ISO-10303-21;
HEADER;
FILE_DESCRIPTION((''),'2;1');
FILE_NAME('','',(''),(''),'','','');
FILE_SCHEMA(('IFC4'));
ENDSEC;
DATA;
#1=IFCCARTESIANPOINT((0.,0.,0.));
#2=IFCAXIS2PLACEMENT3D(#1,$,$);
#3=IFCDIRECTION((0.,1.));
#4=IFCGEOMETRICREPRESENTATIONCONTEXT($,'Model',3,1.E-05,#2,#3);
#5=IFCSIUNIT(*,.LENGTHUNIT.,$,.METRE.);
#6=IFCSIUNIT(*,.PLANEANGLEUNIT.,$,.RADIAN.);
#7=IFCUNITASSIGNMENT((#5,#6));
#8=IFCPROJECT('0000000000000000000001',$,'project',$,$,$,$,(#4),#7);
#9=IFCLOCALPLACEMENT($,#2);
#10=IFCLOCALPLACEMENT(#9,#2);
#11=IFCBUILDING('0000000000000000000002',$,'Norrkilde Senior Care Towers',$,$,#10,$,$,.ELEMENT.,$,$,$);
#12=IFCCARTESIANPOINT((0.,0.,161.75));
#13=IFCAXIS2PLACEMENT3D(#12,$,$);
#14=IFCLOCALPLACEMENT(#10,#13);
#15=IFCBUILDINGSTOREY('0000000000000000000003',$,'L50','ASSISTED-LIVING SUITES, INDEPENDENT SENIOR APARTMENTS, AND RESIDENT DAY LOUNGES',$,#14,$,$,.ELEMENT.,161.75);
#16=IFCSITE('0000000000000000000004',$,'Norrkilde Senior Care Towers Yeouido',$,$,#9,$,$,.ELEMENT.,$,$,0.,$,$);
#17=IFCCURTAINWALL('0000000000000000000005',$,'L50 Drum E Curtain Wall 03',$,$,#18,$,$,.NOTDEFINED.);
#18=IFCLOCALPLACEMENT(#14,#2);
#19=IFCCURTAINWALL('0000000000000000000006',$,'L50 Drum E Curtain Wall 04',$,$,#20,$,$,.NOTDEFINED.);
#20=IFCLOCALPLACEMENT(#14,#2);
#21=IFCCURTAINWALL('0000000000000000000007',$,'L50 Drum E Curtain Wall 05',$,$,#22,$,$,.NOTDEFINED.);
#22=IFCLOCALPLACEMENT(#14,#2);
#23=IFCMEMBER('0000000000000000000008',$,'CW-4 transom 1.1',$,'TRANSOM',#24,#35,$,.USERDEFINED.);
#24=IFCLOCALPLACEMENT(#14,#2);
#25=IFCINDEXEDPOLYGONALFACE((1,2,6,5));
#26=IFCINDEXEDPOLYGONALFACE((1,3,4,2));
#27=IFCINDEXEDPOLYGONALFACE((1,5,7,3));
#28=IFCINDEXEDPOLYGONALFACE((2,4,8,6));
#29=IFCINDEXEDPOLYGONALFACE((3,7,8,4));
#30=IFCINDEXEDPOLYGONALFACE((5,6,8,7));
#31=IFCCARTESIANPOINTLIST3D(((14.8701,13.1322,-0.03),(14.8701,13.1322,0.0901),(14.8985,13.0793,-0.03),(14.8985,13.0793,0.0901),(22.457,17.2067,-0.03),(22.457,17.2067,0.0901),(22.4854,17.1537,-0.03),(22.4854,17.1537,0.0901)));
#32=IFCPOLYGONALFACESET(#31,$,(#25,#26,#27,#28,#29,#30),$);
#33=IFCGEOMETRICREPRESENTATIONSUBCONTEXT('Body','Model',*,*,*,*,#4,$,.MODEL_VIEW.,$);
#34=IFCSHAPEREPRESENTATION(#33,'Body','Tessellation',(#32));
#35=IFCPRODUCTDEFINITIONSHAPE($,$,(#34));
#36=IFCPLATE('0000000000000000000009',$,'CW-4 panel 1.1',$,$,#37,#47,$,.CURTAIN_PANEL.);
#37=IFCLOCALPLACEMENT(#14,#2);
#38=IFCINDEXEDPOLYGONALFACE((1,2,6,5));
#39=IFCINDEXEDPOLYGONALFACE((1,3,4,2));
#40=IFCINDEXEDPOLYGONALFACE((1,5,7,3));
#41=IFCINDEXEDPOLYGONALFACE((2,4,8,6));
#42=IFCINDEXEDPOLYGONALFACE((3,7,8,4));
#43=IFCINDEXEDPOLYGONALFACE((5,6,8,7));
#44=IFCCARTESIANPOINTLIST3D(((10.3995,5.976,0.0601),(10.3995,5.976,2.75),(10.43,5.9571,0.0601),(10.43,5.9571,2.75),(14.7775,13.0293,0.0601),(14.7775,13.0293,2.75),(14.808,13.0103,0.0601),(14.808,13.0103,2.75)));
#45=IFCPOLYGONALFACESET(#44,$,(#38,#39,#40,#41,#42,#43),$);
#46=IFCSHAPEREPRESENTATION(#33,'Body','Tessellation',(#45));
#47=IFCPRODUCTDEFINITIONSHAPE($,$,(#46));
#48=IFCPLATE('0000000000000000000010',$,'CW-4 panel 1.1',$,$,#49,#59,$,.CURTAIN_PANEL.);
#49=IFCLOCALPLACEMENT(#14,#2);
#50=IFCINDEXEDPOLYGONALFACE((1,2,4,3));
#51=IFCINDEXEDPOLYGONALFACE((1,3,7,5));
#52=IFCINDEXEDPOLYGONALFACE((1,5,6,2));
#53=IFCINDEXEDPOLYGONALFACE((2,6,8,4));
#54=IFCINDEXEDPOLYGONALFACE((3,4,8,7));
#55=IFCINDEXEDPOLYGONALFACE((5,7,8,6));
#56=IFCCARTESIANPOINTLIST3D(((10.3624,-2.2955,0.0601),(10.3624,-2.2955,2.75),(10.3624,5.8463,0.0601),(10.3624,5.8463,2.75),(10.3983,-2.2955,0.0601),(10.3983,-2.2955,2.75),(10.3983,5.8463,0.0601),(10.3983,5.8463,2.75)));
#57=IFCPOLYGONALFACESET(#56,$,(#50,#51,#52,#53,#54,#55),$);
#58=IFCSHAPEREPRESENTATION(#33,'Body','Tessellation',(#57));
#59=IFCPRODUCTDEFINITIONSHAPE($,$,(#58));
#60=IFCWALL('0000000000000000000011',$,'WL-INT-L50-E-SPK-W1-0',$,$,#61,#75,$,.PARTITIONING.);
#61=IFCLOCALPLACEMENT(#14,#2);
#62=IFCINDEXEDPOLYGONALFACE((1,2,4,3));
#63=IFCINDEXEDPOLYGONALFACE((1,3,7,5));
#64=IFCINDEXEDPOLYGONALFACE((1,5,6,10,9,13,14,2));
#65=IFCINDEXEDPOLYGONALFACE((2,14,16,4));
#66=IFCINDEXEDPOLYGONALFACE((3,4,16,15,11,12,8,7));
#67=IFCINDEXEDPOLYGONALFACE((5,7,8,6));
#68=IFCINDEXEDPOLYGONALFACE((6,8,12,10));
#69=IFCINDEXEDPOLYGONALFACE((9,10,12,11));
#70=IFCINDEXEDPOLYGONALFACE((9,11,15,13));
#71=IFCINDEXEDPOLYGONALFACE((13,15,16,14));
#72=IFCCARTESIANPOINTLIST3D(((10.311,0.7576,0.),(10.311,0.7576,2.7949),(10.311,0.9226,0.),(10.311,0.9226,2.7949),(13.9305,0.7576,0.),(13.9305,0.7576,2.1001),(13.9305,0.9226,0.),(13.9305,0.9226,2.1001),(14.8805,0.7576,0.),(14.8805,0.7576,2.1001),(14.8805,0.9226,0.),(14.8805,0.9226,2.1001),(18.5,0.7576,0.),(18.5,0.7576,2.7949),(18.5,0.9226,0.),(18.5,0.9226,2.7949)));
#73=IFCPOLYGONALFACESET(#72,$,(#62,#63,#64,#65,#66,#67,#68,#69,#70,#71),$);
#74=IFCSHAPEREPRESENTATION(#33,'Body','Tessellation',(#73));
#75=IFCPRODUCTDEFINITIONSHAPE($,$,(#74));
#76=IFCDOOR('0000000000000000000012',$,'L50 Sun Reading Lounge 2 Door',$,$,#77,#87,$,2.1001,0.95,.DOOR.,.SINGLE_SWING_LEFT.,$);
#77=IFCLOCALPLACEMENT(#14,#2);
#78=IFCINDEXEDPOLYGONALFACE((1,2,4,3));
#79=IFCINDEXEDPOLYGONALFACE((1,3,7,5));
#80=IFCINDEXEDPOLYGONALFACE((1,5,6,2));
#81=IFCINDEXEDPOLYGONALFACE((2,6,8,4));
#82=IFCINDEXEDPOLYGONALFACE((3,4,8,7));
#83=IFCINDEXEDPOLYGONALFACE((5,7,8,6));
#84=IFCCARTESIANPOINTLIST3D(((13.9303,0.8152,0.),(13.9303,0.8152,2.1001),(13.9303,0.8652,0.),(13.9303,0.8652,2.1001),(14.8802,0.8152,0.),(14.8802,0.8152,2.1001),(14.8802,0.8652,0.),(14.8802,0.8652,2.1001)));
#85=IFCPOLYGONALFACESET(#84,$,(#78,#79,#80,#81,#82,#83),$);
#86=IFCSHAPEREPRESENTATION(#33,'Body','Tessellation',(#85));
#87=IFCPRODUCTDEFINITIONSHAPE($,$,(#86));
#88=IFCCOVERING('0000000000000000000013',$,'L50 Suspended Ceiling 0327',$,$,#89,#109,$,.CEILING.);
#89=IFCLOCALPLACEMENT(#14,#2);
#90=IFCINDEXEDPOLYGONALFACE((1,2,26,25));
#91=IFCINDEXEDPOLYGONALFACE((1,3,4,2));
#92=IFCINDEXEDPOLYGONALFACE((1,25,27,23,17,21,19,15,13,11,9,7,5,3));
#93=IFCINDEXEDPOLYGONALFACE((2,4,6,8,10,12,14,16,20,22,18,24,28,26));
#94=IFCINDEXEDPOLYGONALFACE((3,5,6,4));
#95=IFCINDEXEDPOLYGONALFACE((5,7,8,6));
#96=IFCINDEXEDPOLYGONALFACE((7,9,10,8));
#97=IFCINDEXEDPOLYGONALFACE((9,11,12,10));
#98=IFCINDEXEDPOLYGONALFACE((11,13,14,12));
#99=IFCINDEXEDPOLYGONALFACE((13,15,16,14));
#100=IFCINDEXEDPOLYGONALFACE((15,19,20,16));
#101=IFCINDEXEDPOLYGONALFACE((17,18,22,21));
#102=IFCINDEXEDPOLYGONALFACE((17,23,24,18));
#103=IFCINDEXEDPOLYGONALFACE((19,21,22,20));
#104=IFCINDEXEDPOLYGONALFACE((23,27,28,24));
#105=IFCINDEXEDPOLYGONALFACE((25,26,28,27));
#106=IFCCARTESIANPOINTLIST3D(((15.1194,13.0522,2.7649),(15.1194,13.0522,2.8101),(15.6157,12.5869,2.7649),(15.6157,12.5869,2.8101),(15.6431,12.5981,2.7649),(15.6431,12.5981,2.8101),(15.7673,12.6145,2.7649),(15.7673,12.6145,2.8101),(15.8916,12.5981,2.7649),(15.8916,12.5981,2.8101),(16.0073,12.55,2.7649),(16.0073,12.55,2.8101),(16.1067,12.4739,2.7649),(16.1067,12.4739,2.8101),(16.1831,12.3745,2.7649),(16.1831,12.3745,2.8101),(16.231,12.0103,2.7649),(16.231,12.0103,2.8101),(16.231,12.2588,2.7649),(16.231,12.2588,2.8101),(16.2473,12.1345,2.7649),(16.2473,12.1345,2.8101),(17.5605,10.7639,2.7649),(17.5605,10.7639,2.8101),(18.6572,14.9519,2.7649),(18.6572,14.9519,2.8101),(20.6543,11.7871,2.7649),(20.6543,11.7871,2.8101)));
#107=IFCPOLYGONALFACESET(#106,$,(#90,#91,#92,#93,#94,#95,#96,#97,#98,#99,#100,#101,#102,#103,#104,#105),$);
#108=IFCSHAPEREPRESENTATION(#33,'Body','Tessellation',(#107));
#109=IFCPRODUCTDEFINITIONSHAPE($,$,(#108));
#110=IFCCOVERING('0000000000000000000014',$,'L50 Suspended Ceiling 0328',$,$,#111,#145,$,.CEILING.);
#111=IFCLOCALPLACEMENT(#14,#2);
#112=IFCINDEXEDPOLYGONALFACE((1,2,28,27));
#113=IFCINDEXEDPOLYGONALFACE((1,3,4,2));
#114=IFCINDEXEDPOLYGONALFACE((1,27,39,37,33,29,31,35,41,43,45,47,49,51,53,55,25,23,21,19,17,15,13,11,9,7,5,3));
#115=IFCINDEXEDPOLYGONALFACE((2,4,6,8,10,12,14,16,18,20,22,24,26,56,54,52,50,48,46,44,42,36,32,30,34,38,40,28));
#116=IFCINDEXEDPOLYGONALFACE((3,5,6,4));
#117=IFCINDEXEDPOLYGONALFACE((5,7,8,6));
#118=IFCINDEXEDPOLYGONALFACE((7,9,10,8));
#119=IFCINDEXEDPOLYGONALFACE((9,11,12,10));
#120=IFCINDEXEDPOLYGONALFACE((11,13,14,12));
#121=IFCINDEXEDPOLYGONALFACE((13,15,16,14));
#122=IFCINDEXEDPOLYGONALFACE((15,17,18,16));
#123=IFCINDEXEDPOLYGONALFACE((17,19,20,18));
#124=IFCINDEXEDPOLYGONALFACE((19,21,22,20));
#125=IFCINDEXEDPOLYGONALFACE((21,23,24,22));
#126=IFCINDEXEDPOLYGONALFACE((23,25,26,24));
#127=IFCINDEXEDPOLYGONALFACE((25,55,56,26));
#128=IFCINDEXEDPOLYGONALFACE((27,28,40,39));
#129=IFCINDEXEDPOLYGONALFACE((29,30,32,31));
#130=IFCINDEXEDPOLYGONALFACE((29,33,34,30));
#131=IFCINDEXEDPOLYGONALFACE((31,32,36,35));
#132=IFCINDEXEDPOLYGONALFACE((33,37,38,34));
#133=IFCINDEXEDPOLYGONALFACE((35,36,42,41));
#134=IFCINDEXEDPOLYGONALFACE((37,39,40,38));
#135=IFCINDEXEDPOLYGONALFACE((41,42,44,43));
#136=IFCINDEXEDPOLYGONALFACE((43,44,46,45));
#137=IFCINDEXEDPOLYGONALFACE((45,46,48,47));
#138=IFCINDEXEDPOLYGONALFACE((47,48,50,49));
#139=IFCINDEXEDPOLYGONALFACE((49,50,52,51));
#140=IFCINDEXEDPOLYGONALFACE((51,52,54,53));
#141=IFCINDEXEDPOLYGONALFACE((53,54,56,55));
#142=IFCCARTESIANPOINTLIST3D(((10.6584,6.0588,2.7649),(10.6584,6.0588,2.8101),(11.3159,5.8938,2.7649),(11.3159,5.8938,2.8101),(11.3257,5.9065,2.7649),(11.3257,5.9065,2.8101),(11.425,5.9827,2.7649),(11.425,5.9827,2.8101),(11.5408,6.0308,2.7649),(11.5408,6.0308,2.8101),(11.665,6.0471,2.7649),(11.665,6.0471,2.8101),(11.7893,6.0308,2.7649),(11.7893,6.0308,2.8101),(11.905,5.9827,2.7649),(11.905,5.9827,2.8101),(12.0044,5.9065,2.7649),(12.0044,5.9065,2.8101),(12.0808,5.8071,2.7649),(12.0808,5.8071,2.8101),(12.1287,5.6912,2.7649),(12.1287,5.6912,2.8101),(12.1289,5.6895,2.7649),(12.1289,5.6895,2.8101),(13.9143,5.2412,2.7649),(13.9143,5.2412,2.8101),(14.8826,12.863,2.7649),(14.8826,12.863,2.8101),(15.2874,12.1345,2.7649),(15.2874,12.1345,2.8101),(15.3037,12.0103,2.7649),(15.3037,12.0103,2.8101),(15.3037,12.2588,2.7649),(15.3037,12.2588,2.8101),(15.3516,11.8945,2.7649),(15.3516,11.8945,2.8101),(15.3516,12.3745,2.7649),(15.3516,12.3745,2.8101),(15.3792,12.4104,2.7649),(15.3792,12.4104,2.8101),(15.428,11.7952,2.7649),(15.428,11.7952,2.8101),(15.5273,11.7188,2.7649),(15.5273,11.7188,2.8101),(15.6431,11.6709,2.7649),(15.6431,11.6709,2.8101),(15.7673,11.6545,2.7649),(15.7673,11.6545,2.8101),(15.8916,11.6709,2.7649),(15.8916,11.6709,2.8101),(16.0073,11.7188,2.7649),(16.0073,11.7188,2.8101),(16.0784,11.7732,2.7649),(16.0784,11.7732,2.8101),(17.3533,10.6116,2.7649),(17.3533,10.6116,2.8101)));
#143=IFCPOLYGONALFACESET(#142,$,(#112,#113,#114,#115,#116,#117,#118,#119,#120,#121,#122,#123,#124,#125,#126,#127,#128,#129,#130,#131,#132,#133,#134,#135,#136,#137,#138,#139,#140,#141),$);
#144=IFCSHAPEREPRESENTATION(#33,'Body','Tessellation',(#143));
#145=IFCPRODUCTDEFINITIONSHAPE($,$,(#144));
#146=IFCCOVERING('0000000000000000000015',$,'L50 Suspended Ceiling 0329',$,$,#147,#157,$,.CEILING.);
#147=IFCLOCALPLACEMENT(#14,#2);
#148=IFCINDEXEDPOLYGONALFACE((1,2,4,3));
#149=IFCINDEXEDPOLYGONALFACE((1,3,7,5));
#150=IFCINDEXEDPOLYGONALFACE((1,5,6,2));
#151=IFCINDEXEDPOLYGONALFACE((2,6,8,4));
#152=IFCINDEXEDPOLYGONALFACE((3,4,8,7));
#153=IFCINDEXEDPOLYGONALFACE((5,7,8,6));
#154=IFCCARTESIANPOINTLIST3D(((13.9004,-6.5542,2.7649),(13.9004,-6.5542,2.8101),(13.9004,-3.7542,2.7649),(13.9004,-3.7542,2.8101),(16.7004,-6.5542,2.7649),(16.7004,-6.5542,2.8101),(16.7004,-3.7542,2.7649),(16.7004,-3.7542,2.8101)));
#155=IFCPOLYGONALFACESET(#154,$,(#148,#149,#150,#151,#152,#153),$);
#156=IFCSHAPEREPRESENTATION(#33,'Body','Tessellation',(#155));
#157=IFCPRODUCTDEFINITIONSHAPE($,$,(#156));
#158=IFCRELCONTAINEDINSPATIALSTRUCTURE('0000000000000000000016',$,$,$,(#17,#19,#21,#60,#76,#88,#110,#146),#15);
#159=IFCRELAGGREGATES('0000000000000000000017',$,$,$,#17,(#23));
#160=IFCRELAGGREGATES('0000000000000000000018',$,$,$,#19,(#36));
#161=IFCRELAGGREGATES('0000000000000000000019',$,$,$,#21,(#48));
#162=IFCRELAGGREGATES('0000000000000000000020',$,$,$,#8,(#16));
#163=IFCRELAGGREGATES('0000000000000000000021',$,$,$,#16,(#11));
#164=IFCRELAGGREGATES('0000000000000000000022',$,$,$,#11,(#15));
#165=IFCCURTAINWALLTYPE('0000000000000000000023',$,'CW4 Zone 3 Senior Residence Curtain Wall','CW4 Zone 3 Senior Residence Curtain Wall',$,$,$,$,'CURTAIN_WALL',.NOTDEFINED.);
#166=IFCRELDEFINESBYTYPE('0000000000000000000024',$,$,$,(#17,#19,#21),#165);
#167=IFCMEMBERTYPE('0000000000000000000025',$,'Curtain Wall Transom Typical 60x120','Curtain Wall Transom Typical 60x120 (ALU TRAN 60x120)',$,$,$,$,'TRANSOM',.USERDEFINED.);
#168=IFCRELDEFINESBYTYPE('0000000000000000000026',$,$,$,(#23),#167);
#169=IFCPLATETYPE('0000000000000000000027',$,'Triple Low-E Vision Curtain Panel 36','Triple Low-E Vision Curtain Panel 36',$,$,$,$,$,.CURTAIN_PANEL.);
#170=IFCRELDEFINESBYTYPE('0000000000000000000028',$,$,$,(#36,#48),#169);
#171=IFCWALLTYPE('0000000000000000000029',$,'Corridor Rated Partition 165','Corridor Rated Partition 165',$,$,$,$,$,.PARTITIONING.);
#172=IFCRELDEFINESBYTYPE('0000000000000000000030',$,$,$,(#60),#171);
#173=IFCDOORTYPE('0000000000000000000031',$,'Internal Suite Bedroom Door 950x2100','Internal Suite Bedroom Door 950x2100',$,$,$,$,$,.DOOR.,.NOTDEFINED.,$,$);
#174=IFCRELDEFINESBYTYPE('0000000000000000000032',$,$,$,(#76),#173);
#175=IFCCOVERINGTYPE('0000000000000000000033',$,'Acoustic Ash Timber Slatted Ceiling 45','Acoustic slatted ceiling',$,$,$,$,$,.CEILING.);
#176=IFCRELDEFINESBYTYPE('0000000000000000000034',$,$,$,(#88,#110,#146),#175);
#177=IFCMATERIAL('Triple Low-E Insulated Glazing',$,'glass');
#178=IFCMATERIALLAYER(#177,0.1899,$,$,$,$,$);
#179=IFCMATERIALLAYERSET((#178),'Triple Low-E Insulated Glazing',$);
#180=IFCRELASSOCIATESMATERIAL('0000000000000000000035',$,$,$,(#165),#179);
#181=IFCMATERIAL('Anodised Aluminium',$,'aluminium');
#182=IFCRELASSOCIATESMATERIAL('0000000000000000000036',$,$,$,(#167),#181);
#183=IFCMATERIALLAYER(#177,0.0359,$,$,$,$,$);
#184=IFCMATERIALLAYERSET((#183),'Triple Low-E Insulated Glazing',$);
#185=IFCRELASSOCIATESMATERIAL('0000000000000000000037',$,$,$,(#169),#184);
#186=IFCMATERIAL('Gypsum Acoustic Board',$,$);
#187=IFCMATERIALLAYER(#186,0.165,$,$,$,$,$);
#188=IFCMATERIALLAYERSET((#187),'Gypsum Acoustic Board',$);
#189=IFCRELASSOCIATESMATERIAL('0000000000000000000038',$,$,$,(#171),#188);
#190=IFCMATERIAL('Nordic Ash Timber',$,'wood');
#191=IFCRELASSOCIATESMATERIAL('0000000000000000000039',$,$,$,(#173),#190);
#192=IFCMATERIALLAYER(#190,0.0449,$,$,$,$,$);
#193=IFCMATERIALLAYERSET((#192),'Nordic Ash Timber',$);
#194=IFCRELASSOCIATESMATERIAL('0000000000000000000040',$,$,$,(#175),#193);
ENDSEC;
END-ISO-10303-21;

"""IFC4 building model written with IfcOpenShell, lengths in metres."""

from ifc_helpers import new_model, si_unit, direction, frame, frame_2d, origin, origin_2d, place, context, subcontext, project, spatial, polyline, rectangle, outline, extrude, source, transform, mapped, material, layer, layer_set, material_profile, profile_set, type_object, type_shapes, element, fill, aggregate, save


model = new_model("IFC4")

# Units and contexts
model_context = context("Model", 3, precision=1e-05, world=origin(), true_north=direction((0.0, 1.0)))
body_context = subcontext(model_context, "Body", "Model", "MODEL_VIEW")
ifc_project = project(units=[si_unit("LENGTHUNIT", "METRE"), si_unit("PLANEANGLEUNIT", "RADIAN")], contexts=[model_context])

# Site, building, storey
site_placement = place(None, origin())
site = spatial("IfcSite", under=ifc_project, at=site_placement, Name="Norrkilde Senior Care Towers Yeouido", CompositionType="ELEMENT", RefElevation=0.0)
building_placement = place(site_placement, origin())
building = spatial("IfcBuilding", under=site, at=building_placement, Name="Norrkilde Senior Care Towers", CompositionType="ELEMENT")
storey_placement = place(building_placement, frame((0.0, 0.0, 161.75)))
storey = spatial("IfcBuildingStorey", under=building, at=storey_placement, Name="L50", Description="ASSISTED-LIVING SUITES, INDEPENDENT SENIOR APARTMENTS, AND RESIDENT DAY LOUNGES", CompositionType="ELEMENT", Elevation=161.75)

# Curtain wall
ifc_material_1 = material(Name="Triple Low-E Insulated Glazing", Category="glass")
ifc_layer_1 = layer(ifc_material_1, 0.1899)
ifc_layer_set_1 = layer_set([ifc_layer_1], Name="Triple Low-E Insulated Glazing")
curtain_wall_type = type_object("IfcCurtainWallType", Name="CW4 Zone 3 Senior Residence Curtain Wall", Description="CW4 Zone 3 Senior Residence Curtain Wall", ElementType="CURTAIN_WALL", PredefinedType="NOTDEFINED", material=ifc_layer_set_1)
curtain_wall_1_placement = place(storey_placement, origin())
curtain_wall_1 = element("IfcCurtainWall", 1, at=curtain_wall_1_placement, inside=storey, type_object=curtain_wall_type, Name="L50 Drum E Curtain Wall 03", PredefinedType="NOTDEFINED")
ifc_material_2 = material(Name="Anodised Aluminium", Category="aluminium")

# Curtain wall
curtain_wall_2_placement = place(storey_placement, origin())
curtain_wall_2 = element("IfcCurtainWall", 2, at=curtain_wall_2_placement, inside=storey, type_object=curtain_wall_type, Name="L50 Drum E Curtain Wall 04", PredefinedType="NOTDEFINED")

# Curtain wall
curtain_wall_3_placement = place(storey_placement, origin())
curtain_wall_3 = element("IfcCurtainWall", 3, at=curtain_wall_3_placement, inside=storey, type_object=curtain_wall_type, Name="L50 Drum E Curtain Wall 05", PredefinedType="NOTDEFINED")

# Member
ifc_material_profile_1 = material_profile(ifc_material_2, rectangle(XDim=0.0601, YDim=0.1201, at=origin_2d()), Name="ALU TRAN 60x120")
ifc_profile_set_1 = profile_set([ifc_material_profile_1], Name="Anodised Aluminium")
member_type_1 = type_object("IfcMemberType", Name="Curtain Wall Transom Typical 60x120", Description="Curtain Wall Transom Typical 60x120 (ALU TRAN 60x120)", ElementType="TRANSOM", PredefinedType="USERDEFINED", material=ifc_profile_set_1)
shared_shape_1 = source(origin(), body_context, "Body", "SweptSolid", [
    extrude(rectangle(XDim=0.0601, YDim=0.1201, at=origin_2d()), origin(), (0.0, 0.0, 1.0), 8.6118),
])
member_1_placement = place(storey_placement, frame((14.8843, 13.1057, 0.03), z_axis=(0.880994, 0.473127, 0.0), x_axis=(-0.473127, 0.880994, 0.0)))
member_1 = element("IfcMember", 4, at=member_1_placement, type_object=member_type_1, Name="CW-4 transom 1.1", ObjectType="TRANSOM", PredefinedType="USERDEFINED", context=body_context, shape_type="MappedRepresentation", body=[
    mapped(shared_shape_1, transform((0.0, 0.0, 0.0), x_axis=(1.0, 0.0, 0.0), y_axis=(0.0, 1.0, 0.0), z_axis=(0.0, 0.0, 1.0), scale=1.0)),
])
aggregate(curtain_wall_1, [member_1])

# Plates
ifc_layer_2 = layer(ifc_material_1, 0.0359)
ifc_layer_set_2 = layer_set([ifc_layer_2], Name="Triple Low-E Insulated Glazing")
plate_type = type_object("IfcPlateType", Name="Triple Low-E Vision Curtain Panel 36", Description="Triple Low-E Vision Curtain Panel 36", PredefinedType="CURTAIN_PANEL", material=ifc_layer_set_2)
shared_shape_2 = source(origin(), body_context, "Body", "SweptSolid", [
    extrude(rectangle(XDim=8.3015, YDim=0.0359, at=origin_2d()), origin(), (0.0, 0.0, 1.0), 2.6899),
])
plate_1_placement = place(storey_placement, frame((12.6038, 9.4932, 0.0601), z_axis=(0.0, 0.0, 1.0), x_axis=(0.527373, 0.849634, 0.0)))
plate_1 = element("IfcPlate", 5, at=plate_1_placement, type_object=plate_type, Name="CW-4 panel 1.1", PredefinedType="CURTAIN_PANEL", context=body_context, shape_type="MappedRepresentation", body=[
    mapped(shared_shape_2, transform((0.0, 0.0, 0.0), x_axis=(1.0, 0.0, 0.0), y_axis=(0.0, 1.0, 0.0), z_axis=(0.0, 0.0, 1.0), scale=1.0)),
])
aggregate(curtain_wall_2, [plate_1])
shared_shape_3 = source(origin(), body_context, "Body", "SweptSolid", [
    extrude(rectangle(XDim=8.1418, YDim=0.0359, at=origin_2d()), origin(), (0.0, 0.0, 1.0), 2.6899),
])
type_shapes(plate_type, [shared_shape_2, shared_shape_3])
plate_2_placement = place(storey_placement, frame((10.3804, 1.7754, 0.0601), z_axis=(0.0, 0.0, 1.0), x_axis=(0.0, 1.0, 0.0)))
plate_2 = element("IfcPlate", 6, at=plate_2_placement, type_object=plate_type, Name="CW-4 panel 1.1", PredefinedType="CURTAIN_PANEL", context=body_context, shape_type="MappedRepresentation", body=[
    mapped(shared_shape_3, transform((0.0, 0.0, 0.0), x_axis=(1.0, 0.0, 0.0), y_axis=(0.0, 1.0, 0.0), z_axis=(0.0, 0.0, 1.0), scale=1.0)),
])
aggregate(curtain_wall_3, [plate_2])

# Wall, opening, door
ifc_material_3 = material(Name="Gypsum Acoustic Board")
ifc_layer_3 = layer(ifc_material_3, 0.165)
ifc_layer_set_3 = layer_set([ifc_layer_3], Name="Gypsum Acoustic Board")
wall_type = type_object("IfcWallType", Name="Corridor Rated Partition 165", Description="Corridor Rated Partition 165", PredefinedType="PARTITIONING", material=ifc_layer_set_3)
shared_shape_4 = source(origin(), body_context, "Body", "SweptSolid", [
    extrude(rectangle(XDim=8.189, YDim=0.165, at=frame_2d((4.0945, 0.0))), origin(), (0.0, 0.0, 1.0), 2.7949),
])
type_shapes(wall_type, [shared_shape_4])
wall_placement = place(storey_placement, frame((10.311, 0.8401, 0.0), z_axis=(0.0, 0.0, 1.0), x_axis=(1.0, 0.0, 0.0)))
wall = element("IfcWall", 7, at=wall_placement, inside=storey, type_object=wall_type, Name="WL-INT-L50-E-SPK-W1-0", PredefinedType="PARTITIONING", context=body_context, shape_type="MappedRepresentation", body=[
    mapped(shared_shape_4, transform((0.0, 0.0, 0.0), x_axis=(1.0, 0.0, 0.0), y_axis=(0.0, 1.0, 0.0), z_axis=(0.0, 0.0, 1.0), scale=1.0)),
])
opening_placement = place(wall_placement, frame((3.6194, 0.0, 0.0)))
opening = element("IfcOpeningElement", 8, at=opening_placement, cuts=wall, PredefinedType="OPENING", context=body_context, shape_type="SweptSolid", body=[
    extrude(rectangle(XDim=0.95, YDim=2.1001, at=frame_2d((0.4751, 1.05))), frame((0.0, 0.0925, 0.0), z_axis=(0.0, -1.0, 0.0), x_axis=(1.0, 0.0, 0.0)), (0.0, 0.0, 1.0), 0.1851),
])
ifc_material_4 = material(Name="Nordic Ash Timber", Category="wood")
door_type = type_object("IfcDoorType", Name="Internal Suite Bedroom Door 950x2100", Description="Internal Suite Bedroom Door 950x2100", OperationType="NOTDEFINED", PredefinedType="DOOR", material=ifc_material_4)
shared_shape_5 = source(origin(), body_context, "Body", "SweptSolid", [
    extrude(rectangle(XDim=0.95, YDim=2.1001, at=frame_2d((0.4751, 1.05))), frame((0.0, 0.0249, 0.0), z_axis=(0.0, -1.0, 0.0), x_axis=(1.0, 0.0, 0.0)), (0.0, 0.0, 1.0), 0.05),
])
type_shapes(door_type, [shared_shape_5])
door_placement = place(opening_placement, frame((0.95, 0.0, 0.0), z_axis=(0.0, 0.0, 1.0), x_axis=(-1.0, 0.0, 0.0)))
door = element("IfcDoor", 9, at=door_placement, inside=storey, type_object=door_type, Name="L50 Sun Reading Lounge 2 Door", OperationType="SINGLE_SWING_LEFT", OverallHeight=2.1001, OverallWidth=0.95, PredefinedType="DOOR", context=body_context, shape_type="MappedRepresentation", body=[
    mapped(shared_shape_5, transform((0.0, 0.0, 0.0), x_axis=(1.0, 0.0, 0.0), y_axis=(0.0, 1.0, 0.0), z_axis=(0.0, 0.0, 1.0), scale=1.0)),
])
fill(opening, door)

# Coverings
ifc_layer_4 = layer(ifc_material_4, 0.0449)
ifc_layer_set_4 = layer_set([ifc_layer_4], Name="Nordic Ash Timber")
covering_type_1 = type_object("IfcCoveringType", Name="Acoustic Ash Timber Slatted Ceiling 45", Description="Acoustic slatted ceiling", PredefinedType="CEILING", material=ifc_layer_set_4)
covering_1_placement = place(storey_placement, frame((0.0, 0.0, 2.7649)))
element("IfcCovering", 10, at=covering_1_placement, inside=storey, type_object=covering_type_1, Name="L50 Suspended Ceiling 0327", PredefinedType="CEILING", context=body_context, shape_type="SweptSolid", body=[
    extrude(outline(polyline([(16.231, 12.0103), (16.231, 12.0103), (16.2473, 12.1345), (16.231, 12.2588), (16.1831, 12.3745), (16.1067, 12.4739), (16.0073, 12.55), (15.8916, 12.5981), (15.7673, 12.6145), (15.6431, 12.5981), (15.6157, 12.5869), (15.1194, 13.0522), (18.6572, 14.9519), (20.6543, 11.7871), (17.5605, 10.7639), (16.231, 12.0103)])), origin(), (0.0, 0.0, 1.0), 0.0452),
])
covering_2_placement = place(storey_placement, frame((0.0, 0.0, 2.7649)))
element("IfcCovering", 11, at=covering_2_placement, inside=storey, type_object=covering_type_1, Name="L50 Suspended Ceiling 0328", PredefinedType="CEILING", context=body_context, shape_type="SweptSolid", body=[
    extrude(outline(polyline([(12.1289, 5.6895), (12.1287, 5.6912), (12.0808, 5.8071), (12.0044, 5.9065), (11.905, 5.9827), (11.7893, 6.0308), (11.665, 6.0471), (11.5408, 6.0308), (11.425, 5.9827), (11.3257, 5.9065), (11.3159, 5.8938), (10.6584, 6.0588), (14.8826, 12.863), (15.3792, 12.4104), (15.3516, 12.3745), (15.3037, 12.2588), (15.2874, 12.1345), (15.3037, 12.0103), (15.3516, 11.8945), (15.428, 11.7952), (15.5273, 11.7188), (15.6431, 11.6709), (15.7673, 11.6545), (15.8916, 11.6709), (16.0073, 11.7188), (16.0784, 11.7732), (17.3533, 10.6116), (13.9143, 5.2412), (12.1289, 5.6895)])), origin(), (0.0, 0.0, 1.0), 0.0452),
])
covering_3_placement = place(storey_placement, frame((0.0, 0.0, 2.7649)))
element("IfcCovering", 12, at=covering_3_placement, inside=storey, type_object=covering_type_1, Name="L50 Suspended Ceiling 0329", PredefinedType="CEILING", context=body_context, shape_type="SweptSolid", body=[
    extrude(outline(polyline([(13.9004, -6.5542), (13.9004, -3.7542), (16.7004, -3.7542), (16.7004, -6.5542), (13.9004, -6.5542)])), origin(), (0.0, 0.0, 1.0), 0.0452),
])

save(model, "model.ifc")
